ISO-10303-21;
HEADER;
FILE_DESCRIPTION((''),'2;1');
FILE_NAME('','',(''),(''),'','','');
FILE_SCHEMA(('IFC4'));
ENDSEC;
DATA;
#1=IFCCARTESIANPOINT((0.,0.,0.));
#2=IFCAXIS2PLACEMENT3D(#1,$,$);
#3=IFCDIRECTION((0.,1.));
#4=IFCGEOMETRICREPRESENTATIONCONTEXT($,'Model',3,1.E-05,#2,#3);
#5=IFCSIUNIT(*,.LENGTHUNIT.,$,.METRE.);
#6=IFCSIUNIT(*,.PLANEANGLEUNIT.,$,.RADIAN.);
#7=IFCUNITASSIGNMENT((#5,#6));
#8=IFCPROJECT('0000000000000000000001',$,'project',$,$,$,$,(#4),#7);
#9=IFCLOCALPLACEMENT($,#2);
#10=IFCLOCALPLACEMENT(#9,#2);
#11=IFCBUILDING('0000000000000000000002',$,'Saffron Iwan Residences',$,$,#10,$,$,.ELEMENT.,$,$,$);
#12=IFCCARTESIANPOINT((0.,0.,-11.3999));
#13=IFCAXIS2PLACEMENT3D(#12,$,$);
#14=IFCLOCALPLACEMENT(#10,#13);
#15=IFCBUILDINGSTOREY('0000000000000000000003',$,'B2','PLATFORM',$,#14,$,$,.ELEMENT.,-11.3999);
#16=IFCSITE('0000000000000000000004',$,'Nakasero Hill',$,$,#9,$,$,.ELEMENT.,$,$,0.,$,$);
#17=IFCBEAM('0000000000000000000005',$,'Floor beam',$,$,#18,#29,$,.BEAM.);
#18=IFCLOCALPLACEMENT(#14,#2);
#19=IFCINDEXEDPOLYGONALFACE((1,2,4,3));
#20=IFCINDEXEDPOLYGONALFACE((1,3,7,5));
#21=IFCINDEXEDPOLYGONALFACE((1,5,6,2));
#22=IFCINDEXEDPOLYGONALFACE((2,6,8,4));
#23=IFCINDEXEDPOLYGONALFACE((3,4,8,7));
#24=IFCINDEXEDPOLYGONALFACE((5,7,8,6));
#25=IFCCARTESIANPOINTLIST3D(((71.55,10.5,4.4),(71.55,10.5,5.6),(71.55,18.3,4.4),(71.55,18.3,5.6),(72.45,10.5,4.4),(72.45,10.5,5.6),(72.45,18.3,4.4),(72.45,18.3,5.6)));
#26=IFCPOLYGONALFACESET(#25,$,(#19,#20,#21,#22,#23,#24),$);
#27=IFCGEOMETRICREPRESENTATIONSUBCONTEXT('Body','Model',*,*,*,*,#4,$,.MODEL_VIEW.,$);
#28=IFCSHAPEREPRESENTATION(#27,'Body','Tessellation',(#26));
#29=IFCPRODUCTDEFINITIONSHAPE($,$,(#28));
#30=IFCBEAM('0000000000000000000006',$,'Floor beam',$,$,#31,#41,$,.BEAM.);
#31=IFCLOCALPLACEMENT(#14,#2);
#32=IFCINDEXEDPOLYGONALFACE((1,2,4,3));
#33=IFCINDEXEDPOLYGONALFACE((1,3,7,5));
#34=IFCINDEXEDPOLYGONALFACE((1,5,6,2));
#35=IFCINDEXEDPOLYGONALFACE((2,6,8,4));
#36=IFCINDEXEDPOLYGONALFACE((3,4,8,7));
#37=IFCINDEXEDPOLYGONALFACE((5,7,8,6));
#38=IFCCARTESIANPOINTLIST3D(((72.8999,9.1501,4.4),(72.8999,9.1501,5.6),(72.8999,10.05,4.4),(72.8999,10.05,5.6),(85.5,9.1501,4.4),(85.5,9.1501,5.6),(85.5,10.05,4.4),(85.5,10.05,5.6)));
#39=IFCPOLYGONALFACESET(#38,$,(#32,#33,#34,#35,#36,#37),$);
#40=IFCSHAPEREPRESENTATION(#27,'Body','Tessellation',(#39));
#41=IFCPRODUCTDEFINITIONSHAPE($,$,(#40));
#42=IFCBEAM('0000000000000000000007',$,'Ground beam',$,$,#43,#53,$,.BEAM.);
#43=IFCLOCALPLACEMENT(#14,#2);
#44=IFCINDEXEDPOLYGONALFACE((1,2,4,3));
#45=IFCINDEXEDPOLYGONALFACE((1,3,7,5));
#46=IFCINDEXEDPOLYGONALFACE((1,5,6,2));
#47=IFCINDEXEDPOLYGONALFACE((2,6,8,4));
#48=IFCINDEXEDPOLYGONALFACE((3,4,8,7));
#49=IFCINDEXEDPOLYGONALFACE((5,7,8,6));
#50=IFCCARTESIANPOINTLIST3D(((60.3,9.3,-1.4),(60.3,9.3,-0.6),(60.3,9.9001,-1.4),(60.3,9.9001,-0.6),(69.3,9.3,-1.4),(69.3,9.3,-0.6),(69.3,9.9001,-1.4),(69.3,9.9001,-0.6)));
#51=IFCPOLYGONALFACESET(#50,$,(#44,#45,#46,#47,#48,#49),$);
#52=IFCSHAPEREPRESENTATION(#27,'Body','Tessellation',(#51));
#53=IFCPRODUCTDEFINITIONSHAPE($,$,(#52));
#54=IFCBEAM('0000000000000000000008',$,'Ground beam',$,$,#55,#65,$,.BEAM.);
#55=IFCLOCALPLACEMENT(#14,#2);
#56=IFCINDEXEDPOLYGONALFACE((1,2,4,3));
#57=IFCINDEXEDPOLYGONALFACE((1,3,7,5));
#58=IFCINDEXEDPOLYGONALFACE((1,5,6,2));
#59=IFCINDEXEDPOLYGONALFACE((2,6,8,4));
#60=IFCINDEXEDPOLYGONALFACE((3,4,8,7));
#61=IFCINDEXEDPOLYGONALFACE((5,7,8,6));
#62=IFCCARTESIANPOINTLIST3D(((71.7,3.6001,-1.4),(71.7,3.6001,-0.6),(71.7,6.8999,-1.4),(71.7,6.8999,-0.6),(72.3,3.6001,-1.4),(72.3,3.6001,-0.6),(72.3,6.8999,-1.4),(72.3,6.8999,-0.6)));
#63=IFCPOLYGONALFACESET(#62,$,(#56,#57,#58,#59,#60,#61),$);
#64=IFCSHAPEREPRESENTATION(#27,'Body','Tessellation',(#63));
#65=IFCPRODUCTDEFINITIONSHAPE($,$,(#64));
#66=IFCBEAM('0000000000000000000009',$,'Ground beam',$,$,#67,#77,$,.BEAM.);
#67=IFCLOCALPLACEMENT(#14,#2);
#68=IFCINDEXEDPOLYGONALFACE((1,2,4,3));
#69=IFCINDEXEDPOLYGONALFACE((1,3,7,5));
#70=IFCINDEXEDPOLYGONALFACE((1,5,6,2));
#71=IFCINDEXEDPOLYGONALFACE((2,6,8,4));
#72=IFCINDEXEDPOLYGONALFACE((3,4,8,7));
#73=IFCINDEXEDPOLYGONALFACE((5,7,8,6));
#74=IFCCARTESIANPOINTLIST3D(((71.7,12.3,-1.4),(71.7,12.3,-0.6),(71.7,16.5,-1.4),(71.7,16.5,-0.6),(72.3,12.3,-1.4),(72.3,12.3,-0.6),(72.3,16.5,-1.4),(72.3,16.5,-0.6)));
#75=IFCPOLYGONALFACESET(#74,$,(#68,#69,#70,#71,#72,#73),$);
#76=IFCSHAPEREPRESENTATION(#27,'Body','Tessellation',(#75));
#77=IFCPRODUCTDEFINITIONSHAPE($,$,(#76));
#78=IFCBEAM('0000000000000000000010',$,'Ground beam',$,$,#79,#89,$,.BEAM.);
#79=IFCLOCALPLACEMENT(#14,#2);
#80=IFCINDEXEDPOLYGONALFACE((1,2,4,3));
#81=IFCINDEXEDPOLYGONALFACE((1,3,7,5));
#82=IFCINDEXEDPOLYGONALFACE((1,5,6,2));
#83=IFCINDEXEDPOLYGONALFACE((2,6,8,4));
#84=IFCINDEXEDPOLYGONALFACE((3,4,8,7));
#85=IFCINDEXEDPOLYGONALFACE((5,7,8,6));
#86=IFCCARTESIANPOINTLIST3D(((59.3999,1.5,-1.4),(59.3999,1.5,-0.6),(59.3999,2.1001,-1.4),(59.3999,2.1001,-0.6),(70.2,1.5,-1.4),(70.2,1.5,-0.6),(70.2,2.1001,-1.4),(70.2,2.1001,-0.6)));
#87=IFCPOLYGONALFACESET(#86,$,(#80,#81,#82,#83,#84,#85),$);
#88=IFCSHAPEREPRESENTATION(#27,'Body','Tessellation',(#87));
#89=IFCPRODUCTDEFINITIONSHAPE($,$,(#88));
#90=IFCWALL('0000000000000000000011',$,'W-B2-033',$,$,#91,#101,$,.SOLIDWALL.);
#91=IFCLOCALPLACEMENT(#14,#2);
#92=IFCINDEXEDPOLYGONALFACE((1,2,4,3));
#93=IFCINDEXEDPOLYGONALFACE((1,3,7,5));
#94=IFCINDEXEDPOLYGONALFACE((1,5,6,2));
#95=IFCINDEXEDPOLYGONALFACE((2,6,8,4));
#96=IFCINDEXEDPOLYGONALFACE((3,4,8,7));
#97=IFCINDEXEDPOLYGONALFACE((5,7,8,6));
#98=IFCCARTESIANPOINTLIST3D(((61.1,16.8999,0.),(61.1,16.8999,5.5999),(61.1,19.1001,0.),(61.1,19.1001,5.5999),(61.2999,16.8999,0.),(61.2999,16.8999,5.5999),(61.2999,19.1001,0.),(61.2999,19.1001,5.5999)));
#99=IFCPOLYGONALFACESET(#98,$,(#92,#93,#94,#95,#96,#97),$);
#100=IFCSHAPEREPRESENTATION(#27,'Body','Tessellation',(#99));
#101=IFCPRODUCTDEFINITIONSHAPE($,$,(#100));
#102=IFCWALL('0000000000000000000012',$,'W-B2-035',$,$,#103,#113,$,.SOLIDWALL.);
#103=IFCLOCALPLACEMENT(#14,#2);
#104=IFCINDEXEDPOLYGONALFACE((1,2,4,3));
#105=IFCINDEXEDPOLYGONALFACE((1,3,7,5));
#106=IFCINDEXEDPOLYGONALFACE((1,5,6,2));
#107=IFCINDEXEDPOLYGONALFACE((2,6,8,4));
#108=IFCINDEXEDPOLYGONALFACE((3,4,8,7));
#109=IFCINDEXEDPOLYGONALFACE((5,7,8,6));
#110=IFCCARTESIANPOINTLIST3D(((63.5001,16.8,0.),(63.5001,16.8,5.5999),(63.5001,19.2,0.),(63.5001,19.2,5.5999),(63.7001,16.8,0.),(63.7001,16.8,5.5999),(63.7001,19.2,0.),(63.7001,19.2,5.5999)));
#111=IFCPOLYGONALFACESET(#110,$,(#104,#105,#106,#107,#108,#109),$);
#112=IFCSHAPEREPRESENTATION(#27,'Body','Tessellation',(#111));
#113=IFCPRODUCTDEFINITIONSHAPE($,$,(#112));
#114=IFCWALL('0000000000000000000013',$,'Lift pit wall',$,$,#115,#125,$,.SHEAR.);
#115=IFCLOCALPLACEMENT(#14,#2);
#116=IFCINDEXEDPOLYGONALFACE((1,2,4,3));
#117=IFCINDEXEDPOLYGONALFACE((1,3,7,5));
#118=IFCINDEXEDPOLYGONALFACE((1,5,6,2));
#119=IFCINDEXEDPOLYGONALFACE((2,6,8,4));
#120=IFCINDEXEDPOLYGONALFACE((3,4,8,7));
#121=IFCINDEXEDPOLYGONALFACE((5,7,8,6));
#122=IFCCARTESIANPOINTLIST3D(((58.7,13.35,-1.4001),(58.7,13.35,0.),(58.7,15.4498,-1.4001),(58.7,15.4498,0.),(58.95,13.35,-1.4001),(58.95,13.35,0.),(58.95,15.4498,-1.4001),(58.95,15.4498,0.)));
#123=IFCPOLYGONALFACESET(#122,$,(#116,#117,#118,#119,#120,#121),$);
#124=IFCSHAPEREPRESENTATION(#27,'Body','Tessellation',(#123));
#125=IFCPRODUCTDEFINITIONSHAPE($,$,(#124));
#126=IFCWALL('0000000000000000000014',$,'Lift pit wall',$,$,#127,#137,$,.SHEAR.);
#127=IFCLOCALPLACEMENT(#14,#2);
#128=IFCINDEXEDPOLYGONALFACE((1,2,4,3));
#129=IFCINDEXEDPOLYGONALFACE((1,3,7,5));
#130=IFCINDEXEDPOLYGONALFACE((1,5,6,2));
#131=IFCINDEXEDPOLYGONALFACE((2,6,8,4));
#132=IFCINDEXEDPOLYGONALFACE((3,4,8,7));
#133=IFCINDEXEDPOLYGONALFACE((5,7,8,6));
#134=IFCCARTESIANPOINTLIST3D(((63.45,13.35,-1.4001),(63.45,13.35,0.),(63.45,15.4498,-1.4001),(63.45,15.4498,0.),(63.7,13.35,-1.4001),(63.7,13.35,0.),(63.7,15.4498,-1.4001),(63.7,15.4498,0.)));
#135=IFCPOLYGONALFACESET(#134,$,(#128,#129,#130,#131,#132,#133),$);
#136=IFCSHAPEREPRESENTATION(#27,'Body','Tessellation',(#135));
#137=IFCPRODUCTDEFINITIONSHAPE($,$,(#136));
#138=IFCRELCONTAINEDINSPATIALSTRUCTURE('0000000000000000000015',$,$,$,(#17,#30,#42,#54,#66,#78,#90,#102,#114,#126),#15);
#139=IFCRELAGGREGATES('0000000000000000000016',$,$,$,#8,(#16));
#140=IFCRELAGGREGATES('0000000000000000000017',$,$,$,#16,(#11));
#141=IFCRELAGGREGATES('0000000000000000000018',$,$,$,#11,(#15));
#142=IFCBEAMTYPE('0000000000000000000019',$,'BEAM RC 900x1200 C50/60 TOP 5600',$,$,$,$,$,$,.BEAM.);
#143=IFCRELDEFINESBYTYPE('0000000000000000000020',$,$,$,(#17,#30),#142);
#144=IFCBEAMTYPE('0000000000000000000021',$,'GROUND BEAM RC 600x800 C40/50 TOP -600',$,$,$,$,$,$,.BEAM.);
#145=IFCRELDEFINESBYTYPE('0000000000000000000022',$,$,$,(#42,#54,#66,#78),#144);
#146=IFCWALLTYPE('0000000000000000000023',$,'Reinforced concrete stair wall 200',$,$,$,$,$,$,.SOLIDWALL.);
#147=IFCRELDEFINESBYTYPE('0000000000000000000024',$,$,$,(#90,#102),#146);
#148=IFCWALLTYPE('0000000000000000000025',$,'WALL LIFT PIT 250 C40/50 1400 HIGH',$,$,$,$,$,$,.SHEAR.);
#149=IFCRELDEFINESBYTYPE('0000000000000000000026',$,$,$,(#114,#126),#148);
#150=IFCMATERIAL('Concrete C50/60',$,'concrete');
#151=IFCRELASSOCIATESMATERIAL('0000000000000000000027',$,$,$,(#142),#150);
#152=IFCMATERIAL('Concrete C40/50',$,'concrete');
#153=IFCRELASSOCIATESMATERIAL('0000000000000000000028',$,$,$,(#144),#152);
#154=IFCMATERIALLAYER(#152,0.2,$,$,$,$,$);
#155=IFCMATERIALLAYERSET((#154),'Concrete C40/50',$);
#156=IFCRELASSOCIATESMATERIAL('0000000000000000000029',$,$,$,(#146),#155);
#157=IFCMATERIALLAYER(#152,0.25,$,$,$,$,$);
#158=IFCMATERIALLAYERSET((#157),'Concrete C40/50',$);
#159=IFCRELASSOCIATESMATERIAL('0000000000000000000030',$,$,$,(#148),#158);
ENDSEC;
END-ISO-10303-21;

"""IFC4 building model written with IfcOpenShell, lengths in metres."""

from ifc_helpers import new_model, si_unit, direction, frame, frame_2d, origin, origin_2d, place, context, subcontext, project, spatial, rectangle, extrude, source, transform, mapped, material, layer, layer_set, material_profile, profile_set, type_object, element, save


model = new_model("IFC4")

# Units and contexts
model_context = context("Model", 3, precision=1e-05, world=origin(), true_north=direction((0.0, 1.0)))
body_context = subcontext(model_context, "Body", "Model", "MODEL_VIEW")
ifc_project = project(units=[si_unit("LENGTHUNIT", "METRE"), si_unit("PLANEANGLEUNIT", "RADIAN")], contexts=[model_context])

# Site, building, storey
site_placement = place(None, origin())
site = spatial("IfcSite", under=ifc_project, at=site_placement, Name="Nakasero Hill", CompositionType="ELEMENT", RefElevation=0.0)
building_placement = place(site_placement, origin())
building = spatial("IfcBuilding", under=site, at=building_placement, Name="Saffron Iwan Residences", CompositionType="ELEMENT")
storey_placement = place(building_placement, frame((0.0, 0.0, -11.3999)))
storey = spatial("IfcBuildingStorey", under=building, at=storey_placement, Name="B2", Description="PLATFORM", CompositionType="ELEMENT", Elevation=-11.3999)

# Shared definitions
ifc_material_1 = material(Name="Concrete C40/50", Category="concrete")

# Shared definitions
ifc_material_2 = material(Name="Concrete C50/60", Category="concrete")

# Beams
ifc_material_profile_1 = material_profile(ifc_material_2, rectangle(XDim=0.8999, YDim=1.2, at=origin_2d()), Name="RC 900x1200")
ifc_profile_set_1 = profile_set([ifc_material_profile_1], Name="Concrete C50/60")
beam_type_1 = type_object("IfcBeamType", Name="BEAM RC 900x1200 C50/60 TOP 5600", PredefinedType="BEAM", material=ifc_profile_set_1)
shared_shape_1 = source(origin(), body_context, "Body", "SweptSolid", [
    extrude(rectangle(XDim=0.8999, YDim=1.2, at=origin_2d()), origin(), (0.0, 0.0, 1.0), 7.8),
])
for number, where, z_axis, x_axis, name in (
    (1, (72.0, 10.5, 5.0), (0.0, 1.0, 0.0), (-1.0, 0.0, 0.0), "Floor beam"),
):
    element("IfcBeam", number, at=place(storey_placement, frame(where, z_axis=z_axis, x_axis=x_axis)), inside=storey, type_object=beam_type_1, Name=name, PredefinedType="BEAM", context=body_context, shape_type="MappedRepresentation", body=[
        mapped(shared_shape_1, transform((0.0, 0.0, 0.0))),
    ])
shared_shape_2 = source(origin(), body_context, "Body", "SweptSolid", [
    extrude(rectangle(XDim=0.8999, YDim=1.2, at=origin_2d()), origin(), (0.0, 0.0, 1.0), 12.6001),
])
beam_1_placement = place(storey_placement, frame((72.8999, 9.6001, 5.0), z_axis=(1.0, 0.0, 0.0), x_axis=(0.0, 1.0, 0.0)))
element("IfcBeam", 2, at=beam_1_placement, inside=storey, type_object=beam_type_1, Name="Floor beam", PredefinedType="BEAM", context=body_context, shape_type="MappedRepresentation", body=[
    mapped(shared_shape_2, transform((0.0, 0.0, 0.0))),
])
ifc_material_profile_2 = material_profile(ifc_material_1, rectangle(XDim=0.6001, YDim=0.8, at=origin_2d()), Name="RC 600x800")
ifc_profile_set_2 = profile_set([ifc_material_profile_2], Name="Concrete C40/50")
beam_type_2 = type_object("IfcBeamType", Name="GROUND BEAM RC 600x800 C40/50 TOP -600", PredefinedType="BEAM", material=ifc_profile_set_2)
shared_shape_3 = source(origin(), body_context, "Body", "SweptSolid", [
    extrude(rectangle(XDim=0.6001, YDim=0.8, at=origin_2d()), origin(), (0.0, 0.0, 1.0), 9.0),
])
beam_2_placement = place(storey_placement, frame((60.3, 9.6001, -1.0), z_axis=(1.0, 0.0, 0.0), x_axis=(0.0, 1.0, 0.0)))
element("IfcBeam", 3, at=beam_2_placement, inside=storey, type_object=beam_type_2, Name="Ground beam", PredefinedType="BEAM", context=body_context, shape_type="MappedRepresentation", body=[
    mapped(shared_shape_3, transform((0.0, 0.0, 0.0))),
])
shared_shape_4 = source(origin(), body_context, "Body", "SweptSolid", [
    extrude(rectangle(XDim=0.6001, YDim=0.8, at=origin_2d()), origin(), (0.0, 0.0, 1.0), 3.2998),
])
beam_3_placement = place(storey_placement, frame((72.0, 3.6001, -1.0), z_axis=(0.0, 1.0, 0.0), x_axis=(-1.0, 0.0, 0.0)))
element("IfcBeam", 4, at=beam_3_placement, inside=storey, type_object=beam_type_2, Name="Ground beam", PredefinedType="BEAM", context=body_context, shape_type="MappedRepresentation", body=[
    mapped(shared_shape_4, transform((0.0, 0.0, 0.0))),
])
shared_shape_5 = source(origin(), body_context, "Body", "SweptSolid", [
    extrude(rectangle(XDim=0.6001, YDim=0.8, at=origin_2d()), origin(), (0.0, 0.0, 1.0), 4.2),
])
beam_4_placement = place(storey_placement, frame((72.0, 12.3, -1.0), z_axis=(0.0, 1.0, 0.0), x_axis=(-1.0, 0.0, 0.0)))
element("IfcBeam", 5, at=beam_4_placement, inside=storey, type_object=beam_type_2, Name="Ground beam", PredefinedType="BEAM", context=body_context, shape_type="MappedRepresentation", body=[
    mapped(shared_shape_5, transform((0.0, 0.0, 0.0))),
])
shared_shape_6 = source(origin(), body_context, "Body", "SweptSolid", [
    extrude(rectangle(XDim=0.6001, YDim=0.8, at=origin_2d()), origin(), (0.0, 0.0, 1.0), 10.8),
])
beam_5_placement = place(storey_placement, frame((59.3999, 1.8, -1.0), z_axis=(1.0, 0.0, 0.0), x_axis=(0.0, 1.0, 0.0)))
element("IfcBeam", 6, at=beam_5_placement, inside=storey, type_object=beam_type_2, Name="Ground beam", PredefinedType="BEAM", context=body_context, shape_type="MappedRepresentation", body=[
    mapped(shared_shape_6, transform((0.0, 0.0, 0.0))),
])

# Walls
ifc_layer_1 = layer(ifc_material_1, 0.2)
ifc_layer_set_1 = layer_set([ifc_layer_1], Name="Concrete C40/50")
wall_type_1 = type_object("IfcWallType", Name="Reinforced concrete stair wall 200", PredefinedType="SOLIDWALL", material=ifc_layer_set_1)
wall_1_placement = place(storey_placement, frame((61.2, 16.8999, 0.0), z_axis=(0.0, 0.0, 1.0), x_axis=(0.0, 1.0, 0.0)))
element("IfcWall", 7, at=wall_1_placement, inside=storey, type_object=wall_type_1, Name="W-B2-033", PredefinedType="SOLIDWALL", context=body_context, shape_type="SweptSolid", body=[
    extrude(rectangle(XDim=2.2002, YDim=0.2, at=frame_2d((1.1001, 0.0))), origin(), (0.0, 0.0, 1.0), 5.5999),
])
wall_2_placement = place(storey_placement, frame((63.6001, 16.8, 0.0), z_axis=(0.0, 0.0, 1.0), x_axis=(0.0, 1.0, 0.0)))
element("IfcWall", 8, at=wall_2_placement, inside=storey, type_object=wall_type_1, Name="W-B2-035", PredefinedType="SOLIDWALL", context=body_context, shape_type="SweptSolid", body=[
    extrude(rectangle(XDim=2.3999, YDim=0.2, at=frame_2d((1.2, 0.0))), origin(), (0.0, 0.0, 1.0), 5.5999),
])
ifc_layer_2 = layer(ifc_material_1, 0.25)
ifc_layer_set_2 = layer_set([ifc_layer_2], Name="Concrete C40/50")
wall_type_2 = type_object("IfcWallType", Name="WALL LIFT PIT 250 C40/50 1400 HIGH", PredefinedType="SHEAR", material=ifc_layer_set_2)
for number, where, z_axis, x_axis, name in (
    (9, (58.825, 13.3501, -1.4001), (0.0, 0.0, 1.0), (0.0, 1.0, 0.0), "Lift pit wall"),
    (10, (63.575, 13.3501, -1.4001), (0.0, 0.0, 1.0), (0.0, 1.0, 0.0), "Lift pit wall"),
):
    element("IfcWall", number, at=place(storey_placement, frame(where, z_axis=z_axis, x_axis=x_axis)), inside=storey, type_object=wall_type_2, Name=name, PredefinedType="SHEAR", context=body_context, shape_type="SweptSolid", body=[
        extrude(rectangle(XDim=2.0999, YDim=0.25, at=frame_2d((1.0498, 0.0))), origin(), (0.0, 0.0, 1.0), 1.4001),
    ])

save(model, "model.ifc")
